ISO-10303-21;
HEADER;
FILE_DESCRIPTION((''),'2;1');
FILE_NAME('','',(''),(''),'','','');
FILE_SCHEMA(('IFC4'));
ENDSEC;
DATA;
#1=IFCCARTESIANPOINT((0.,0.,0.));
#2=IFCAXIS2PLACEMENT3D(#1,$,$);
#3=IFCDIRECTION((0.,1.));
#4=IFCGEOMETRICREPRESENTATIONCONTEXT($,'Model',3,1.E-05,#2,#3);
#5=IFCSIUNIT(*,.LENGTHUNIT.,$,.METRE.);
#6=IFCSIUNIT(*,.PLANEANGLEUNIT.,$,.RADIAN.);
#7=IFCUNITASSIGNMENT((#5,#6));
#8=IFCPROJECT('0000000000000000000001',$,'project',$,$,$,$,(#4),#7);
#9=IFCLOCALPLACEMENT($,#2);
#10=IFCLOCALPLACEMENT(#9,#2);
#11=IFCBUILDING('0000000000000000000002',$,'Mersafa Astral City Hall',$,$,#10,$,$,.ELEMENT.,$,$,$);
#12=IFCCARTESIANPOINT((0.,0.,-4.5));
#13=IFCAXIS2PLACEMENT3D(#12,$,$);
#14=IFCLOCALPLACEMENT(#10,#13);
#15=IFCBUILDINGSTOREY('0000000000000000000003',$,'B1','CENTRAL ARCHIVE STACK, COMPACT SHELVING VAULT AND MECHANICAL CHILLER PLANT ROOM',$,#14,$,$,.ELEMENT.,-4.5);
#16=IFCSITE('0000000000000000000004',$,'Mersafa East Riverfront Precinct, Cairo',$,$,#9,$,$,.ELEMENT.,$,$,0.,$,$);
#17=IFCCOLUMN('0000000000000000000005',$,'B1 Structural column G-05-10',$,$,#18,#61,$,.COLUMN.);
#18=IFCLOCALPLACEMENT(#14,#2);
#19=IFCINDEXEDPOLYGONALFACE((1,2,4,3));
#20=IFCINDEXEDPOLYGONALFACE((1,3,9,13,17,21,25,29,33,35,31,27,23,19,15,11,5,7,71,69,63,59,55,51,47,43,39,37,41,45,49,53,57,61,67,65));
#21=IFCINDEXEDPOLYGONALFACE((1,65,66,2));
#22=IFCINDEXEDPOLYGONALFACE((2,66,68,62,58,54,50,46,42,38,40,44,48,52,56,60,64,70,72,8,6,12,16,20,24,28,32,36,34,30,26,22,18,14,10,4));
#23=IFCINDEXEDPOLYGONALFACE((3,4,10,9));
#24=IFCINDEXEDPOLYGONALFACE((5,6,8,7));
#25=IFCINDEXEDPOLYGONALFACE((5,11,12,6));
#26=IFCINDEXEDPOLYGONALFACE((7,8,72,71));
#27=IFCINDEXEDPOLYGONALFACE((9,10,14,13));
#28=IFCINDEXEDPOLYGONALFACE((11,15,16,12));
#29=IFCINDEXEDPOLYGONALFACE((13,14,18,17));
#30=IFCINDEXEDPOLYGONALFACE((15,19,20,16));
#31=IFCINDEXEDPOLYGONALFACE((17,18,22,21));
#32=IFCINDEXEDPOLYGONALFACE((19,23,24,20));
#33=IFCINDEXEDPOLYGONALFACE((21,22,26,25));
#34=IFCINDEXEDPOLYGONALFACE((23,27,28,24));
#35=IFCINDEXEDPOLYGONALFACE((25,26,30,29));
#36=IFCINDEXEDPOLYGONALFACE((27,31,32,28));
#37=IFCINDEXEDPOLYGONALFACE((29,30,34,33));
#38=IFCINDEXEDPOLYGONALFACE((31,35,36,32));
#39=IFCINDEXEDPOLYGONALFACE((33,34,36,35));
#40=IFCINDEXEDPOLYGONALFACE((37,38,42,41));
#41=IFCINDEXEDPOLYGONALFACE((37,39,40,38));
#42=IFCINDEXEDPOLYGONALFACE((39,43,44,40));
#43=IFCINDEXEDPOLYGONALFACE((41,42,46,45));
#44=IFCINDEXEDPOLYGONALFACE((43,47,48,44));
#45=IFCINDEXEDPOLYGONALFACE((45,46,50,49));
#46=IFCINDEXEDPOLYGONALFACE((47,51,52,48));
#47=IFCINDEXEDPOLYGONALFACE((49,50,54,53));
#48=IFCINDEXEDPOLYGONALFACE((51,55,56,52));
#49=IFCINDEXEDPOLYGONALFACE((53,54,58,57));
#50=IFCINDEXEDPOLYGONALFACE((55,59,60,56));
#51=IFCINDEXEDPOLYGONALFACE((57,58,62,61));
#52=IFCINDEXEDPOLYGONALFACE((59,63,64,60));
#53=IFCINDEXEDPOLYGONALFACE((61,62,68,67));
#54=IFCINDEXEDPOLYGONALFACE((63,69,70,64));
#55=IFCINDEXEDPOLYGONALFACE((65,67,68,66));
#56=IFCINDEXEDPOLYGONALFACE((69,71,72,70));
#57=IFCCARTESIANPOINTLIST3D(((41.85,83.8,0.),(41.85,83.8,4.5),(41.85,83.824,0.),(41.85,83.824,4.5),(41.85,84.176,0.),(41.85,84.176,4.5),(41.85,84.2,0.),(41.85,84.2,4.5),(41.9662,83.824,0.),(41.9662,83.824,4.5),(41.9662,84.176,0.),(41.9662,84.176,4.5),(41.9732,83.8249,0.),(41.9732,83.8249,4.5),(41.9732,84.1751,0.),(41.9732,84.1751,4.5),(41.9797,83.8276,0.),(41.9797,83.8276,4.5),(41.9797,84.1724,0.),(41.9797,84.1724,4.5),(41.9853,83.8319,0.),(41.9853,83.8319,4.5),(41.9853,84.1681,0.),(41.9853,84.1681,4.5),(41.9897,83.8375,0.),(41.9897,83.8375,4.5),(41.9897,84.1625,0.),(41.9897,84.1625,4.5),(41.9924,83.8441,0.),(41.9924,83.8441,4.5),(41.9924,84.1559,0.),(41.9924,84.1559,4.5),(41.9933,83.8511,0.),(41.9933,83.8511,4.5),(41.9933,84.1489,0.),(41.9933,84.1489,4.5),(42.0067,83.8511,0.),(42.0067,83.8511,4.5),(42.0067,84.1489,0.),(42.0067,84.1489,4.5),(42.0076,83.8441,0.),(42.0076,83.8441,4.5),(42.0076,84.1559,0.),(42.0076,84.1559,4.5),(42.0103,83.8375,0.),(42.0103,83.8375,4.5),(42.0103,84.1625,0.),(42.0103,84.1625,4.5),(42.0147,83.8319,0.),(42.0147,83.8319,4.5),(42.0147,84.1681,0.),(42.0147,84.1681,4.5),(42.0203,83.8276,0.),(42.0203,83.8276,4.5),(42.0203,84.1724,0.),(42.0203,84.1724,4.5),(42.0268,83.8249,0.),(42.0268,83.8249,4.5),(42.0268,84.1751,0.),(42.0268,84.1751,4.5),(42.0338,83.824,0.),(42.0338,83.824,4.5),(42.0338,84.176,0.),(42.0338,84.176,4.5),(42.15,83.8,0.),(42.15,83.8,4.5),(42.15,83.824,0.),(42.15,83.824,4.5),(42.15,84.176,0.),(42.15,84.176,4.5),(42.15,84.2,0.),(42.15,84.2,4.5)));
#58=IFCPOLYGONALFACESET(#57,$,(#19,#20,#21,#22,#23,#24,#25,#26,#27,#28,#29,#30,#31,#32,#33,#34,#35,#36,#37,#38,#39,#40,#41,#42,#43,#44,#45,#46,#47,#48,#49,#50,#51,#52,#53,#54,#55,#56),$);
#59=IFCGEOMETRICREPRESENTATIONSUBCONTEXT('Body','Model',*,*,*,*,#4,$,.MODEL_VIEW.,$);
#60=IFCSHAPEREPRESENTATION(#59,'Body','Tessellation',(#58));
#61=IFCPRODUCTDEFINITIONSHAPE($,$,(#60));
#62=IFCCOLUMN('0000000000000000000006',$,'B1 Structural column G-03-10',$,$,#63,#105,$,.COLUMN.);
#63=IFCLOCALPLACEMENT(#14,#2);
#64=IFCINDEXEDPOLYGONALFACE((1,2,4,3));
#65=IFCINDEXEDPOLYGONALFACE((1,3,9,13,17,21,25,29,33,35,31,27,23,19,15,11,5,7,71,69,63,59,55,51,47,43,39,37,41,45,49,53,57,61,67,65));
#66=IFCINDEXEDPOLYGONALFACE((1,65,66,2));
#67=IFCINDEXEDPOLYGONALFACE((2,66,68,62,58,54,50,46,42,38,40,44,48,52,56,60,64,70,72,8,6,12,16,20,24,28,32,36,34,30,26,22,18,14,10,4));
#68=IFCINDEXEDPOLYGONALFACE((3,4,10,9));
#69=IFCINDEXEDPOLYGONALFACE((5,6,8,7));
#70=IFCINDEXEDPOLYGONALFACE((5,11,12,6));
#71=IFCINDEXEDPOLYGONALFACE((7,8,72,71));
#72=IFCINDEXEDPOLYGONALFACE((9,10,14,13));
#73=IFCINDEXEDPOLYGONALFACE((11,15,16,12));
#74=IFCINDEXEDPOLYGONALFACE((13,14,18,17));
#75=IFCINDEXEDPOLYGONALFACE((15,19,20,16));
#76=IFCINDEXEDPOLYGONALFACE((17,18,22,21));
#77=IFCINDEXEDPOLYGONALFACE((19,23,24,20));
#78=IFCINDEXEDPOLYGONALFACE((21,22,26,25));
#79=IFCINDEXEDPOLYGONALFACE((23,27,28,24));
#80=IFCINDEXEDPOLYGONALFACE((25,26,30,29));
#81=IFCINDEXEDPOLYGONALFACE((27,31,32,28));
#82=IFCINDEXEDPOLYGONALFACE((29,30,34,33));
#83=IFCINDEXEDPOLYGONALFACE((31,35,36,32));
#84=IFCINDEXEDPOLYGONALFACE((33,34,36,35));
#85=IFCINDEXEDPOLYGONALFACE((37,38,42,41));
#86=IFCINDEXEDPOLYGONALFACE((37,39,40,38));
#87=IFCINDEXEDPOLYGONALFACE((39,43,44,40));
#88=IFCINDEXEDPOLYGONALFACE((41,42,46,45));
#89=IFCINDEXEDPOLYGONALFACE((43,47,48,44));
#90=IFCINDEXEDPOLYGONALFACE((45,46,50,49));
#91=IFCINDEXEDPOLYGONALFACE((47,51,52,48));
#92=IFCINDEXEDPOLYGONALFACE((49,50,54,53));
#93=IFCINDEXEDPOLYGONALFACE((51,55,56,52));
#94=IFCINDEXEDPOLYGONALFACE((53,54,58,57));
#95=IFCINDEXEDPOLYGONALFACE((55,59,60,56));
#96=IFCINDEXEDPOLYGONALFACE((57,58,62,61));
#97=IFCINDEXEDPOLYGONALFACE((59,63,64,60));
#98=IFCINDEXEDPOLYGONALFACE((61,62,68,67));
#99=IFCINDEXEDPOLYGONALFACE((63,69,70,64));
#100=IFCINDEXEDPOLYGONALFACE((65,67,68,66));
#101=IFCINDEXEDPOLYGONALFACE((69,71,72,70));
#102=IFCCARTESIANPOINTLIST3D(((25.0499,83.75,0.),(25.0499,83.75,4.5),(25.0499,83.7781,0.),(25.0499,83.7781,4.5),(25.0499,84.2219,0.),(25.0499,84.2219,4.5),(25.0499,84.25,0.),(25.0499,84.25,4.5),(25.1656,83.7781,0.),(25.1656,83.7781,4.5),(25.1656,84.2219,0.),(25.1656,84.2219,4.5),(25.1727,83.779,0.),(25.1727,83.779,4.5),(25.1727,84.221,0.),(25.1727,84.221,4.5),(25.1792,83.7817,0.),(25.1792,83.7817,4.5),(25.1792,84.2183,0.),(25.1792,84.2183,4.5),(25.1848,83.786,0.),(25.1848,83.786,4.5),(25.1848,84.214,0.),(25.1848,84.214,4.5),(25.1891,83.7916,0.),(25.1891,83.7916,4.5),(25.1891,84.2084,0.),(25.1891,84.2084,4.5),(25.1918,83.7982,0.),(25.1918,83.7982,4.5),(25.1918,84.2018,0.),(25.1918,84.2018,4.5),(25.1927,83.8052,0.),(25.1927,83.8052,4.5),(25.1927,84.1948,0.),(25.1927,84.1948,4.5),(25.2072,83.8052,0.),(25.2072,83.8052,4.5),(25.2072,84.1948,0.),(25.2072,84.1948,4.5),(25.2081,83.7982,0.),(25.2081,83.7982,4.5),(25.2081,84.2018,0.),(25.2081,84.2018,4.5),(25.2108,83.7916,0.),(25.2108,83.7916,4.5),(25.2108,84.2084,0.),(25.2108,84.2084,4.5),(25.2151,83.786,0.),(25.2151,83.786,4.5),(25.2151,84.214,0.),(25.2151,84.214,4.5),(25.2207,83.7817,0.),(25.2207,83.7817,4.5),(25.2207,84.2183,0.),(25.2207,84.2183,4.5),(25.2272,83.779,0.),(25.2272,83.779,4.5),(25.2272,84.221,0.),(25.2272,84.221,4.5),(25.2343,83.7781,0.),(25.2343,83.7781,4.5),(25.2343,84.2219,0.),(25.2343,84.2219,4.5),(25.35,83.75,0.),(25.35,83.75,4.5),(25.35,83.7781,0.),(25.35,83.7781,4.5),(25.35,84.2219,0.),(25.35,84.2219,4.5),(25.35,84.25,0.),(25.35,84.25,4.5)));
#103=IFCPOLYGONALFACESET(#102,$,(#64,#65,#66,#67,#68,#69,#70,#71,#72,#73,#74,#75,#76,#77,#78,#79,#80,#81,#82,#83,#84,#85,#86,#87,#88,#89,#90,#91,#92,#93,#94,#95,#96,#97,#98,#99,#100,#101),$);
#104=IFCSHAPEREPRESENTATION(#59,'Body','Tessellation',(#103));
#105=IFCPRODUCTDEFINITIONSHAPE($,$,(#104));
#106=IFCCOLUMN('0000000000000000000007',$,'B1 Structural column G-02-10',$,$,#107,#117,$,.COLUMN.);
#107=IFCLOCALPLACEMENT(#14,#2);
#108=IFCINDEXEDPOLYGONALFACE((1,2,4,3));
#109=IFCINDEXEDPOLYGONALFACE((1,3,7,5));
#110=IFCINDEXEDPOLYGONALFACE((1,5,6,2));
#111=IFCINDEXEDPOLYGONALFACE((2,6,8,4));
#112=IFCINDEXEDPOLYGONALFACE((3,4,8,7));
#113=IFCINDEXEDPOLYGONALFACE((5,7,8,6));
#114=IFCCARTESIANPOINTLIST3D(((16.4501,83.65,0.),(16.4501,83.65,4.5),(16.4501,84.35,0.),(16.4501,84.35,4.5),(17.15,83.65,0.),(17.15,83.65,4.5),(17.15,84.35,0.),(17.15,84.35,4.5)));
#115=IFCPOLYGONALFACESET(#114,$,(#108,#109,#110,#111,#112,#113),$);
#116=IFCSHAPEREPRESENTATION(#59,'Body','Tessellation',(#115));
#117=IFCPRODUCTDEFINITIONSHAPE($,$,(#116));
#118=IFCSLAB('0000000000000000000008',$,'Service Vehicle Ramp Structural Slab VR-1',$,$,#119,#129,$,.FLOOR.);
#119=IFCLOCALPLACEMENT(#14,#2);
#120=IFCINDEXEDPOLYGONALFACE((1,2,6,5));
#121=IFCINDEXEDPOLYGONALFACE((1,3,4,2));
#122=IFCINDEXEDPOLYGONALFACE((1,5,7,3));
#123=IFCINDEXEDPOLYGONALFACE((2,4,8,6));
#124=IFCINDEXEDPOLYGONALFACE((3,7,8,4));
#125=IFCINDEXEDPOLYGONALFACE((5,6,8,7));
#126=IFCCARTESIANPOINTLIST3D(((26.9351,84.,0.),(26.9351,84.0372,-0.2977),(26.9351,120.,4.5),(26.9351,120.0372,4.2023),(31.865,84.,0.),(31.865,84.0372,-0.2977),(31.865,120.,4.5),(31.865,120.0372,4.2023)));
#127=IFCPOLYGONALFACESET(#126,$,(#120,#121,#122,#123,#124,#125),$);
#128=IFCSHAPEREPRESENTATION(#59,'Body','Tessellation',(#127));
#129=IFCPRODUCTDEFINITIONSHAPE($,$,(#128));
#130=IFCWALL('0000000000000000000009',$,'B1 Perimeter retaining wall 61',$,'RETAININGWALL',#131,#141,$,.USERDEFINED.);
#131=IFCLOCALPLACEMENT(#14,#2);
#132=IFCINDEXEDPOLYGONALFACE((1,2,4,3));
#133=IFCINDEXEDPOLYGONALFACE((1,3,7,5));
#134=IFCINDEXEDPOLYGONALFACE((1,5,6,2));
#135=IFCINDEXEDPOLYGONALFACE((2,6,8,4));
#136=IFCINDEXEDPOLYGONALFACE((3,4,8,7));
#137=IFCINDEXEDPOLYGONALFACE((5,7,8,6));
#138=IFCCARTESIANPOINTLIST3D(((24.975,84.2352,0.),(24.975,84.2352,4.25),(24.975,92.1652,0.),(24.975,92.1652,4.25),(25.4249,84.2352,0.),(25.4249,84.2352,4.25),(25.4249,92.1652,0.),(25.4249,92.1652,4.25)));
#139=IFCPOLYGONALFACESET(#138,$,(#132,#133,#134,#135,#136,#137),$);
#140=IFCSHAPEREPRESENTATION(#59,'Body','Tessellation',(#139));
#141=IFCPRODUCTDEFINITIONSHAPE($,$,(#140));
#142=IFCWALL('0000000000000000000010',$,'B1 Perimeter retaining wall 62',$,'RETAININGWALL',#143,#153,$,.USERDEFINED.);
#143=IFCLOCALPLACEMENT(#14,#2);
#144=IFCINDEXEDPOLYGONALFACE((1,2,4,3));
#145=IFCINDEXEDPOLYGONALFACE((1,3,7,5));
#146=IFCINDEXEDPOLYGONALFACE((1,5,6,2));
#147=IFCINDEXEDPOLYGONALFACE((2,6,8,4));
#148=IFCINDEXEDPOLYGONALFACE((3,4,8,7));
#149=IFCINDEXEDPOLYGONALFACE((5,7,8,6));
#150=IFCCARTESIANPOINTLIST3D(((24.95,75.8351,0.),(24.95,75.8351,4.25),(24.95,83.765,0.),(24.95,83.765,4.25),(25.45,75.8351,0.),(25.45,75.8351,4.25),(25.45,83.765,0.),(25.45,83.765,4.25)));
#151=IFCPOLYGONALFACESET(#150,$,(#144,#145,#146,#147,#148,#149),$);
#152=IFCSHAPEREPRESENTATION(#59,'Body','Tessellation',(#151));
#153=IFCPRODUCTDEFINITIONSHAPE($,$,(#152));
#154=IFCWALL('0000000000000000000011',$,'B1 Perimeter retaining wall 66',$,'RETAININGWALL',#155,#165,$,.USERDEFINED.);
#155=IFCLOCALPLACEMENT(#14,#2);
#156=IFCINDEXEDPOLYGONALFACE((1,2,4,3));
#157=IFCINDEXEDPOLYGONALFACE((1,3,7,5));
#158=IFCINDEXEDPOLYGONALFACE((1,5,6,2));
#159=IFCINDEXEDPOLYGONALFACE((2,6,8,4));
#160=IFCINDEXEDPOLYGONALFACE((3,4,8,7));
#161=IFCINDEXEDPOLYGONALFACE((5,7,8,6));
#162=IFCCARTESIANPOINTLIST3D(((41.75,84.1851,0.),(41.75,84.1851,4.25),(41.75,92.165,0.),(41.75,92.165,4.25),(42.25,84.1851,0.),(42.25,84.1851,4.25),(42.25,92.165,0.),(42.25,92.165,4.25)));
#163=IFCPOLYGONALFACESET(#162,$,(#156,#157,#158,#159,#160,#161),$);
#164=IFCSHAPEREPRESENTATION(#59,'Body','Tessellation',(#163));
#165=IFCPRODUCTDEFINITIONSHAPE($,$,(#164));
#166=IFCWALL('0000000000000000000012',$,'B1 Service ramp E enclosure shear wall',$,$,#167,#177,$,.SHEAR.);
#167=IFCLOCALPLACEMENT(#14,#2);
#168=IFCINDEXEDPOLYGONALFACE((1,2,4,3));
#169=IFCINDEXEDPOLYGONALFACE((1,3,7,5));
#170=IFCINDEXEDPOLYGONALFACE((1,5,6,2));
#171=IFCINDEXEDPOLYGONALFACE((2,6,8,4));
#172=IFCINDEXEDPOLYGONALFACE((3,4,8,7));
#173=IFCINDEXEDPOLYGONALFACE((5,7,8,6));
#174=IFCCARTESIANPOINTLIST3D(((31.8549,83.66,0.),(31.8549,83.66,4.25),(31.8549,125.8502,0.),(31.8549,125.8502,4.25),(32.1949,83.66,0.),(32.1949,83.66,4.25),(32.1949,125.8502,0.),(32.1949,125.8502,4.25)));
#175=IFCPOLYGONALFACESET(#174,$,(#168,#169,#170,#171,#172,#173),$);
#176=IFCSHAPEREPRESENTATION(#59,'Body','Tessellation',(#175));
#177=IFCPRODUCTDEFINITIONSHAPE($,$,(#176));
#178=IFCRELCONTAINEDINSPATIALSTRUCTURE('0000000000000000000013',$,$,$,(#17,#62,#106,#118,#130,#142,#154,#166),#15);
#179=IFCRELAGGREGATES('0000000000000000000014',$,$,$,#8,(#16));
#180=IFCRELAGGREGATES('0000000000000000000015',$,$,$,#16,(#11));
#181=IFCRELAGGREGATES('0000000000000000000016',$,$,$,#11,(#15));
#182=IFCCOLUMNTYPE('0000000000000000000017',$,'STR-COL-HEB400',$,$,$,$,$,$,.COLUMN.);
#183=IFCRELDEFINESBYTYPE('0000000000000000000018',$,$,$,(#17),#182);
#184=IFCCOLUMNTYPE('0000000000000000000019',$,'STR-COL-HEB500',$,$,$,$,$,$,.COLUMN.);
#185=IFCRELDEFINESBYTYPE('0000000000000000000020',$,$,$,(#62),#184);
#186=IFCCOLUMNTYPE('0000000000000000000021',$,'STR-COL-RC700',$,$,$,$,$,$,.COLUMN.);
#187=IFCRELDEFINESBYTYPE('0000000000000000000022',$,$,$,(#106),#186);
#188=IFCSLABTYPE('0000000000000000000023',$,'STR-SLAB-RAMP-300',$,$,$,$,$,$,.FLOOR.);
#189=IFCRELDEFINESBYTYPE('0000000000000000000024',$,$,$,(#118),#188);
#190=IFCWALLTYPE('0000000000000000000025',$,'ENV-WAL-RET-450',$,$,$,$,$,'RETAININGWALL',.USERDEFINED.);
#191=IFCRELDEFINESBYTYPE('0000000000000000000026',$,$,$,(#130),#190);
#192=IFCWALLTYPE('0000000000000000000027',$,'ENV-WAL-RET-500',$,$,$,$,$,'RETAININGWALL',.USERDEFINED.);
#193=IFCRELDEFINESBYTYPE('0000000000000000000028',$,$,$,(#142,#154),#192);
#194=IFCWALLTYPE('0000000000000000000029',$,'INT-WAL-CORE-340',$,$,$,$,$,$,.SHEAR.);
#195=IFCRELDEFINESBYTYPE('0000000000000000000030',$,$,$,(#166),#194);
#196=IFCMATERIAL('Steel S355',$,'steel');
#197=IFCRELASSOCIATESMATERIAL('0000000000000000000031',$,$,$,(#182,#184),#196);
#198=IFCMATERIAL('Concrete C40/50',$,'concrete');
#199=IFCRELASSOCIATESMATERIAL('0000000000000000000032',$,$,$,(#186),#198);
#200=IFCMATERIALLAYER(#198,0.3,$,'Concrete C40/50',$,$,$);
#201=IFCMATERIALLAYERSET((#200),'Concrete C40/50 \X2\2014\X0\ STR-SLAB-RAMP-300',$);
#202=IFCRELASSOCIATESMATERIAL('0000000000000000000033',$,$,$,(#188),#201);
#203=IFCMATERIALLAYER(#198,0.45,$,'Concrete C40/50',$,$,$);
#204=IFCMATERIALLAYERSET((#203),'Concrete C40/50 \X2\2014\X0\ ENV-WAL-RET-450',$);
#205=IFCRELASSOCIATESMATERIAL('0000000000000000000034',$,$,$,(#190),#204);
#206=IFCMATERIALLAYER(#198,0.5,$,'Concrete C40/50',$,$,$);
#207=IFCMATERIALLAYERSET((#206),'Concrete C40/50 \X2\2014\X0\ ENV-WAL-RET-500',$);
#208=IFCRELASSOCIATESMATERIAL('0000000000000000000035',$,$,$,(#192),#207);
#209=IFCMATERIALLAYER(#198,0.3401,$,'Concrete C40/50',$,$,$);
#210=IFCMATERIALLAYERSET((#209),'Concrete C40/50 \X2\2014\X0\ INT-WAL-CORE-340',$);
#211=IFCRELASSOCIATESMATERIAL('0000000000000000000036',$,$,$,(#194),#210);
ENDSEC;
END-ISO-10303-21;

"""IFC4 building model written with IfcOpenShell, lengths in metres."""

from ifc_helpers import new_model, si_unit, direction, frame, frame_2d, origin, origin_2d, place, context, subcontext, project, spatial, polyline, rectangle, i_section, outline, extrude, material, layer, layer_set, material_profile, profile_set, type_object, element, save


model = new_model("IFC4")

# Units and contexts
model_context = context("Model", 3, precision=1e-05, world=origin(), true_north=direction((0.0, 1.0)))
body_context = subcontext(model_context, "Body", "Model", "MODEL_VIEW")
ifc_project = project(units=[si_unit("LENGTHUNIT", "METRE"), si_unit("PLANEANGLEUNIT", "RADIAN")], contexts=[model_context])

# Site, building, storey
site_placement = place(None, origin())
site = spatial("IfcSite", under=ifc_project, at=site_placement, Name="Mersafa East Riverfront Precinct, Cairo", CompositionType="ELEMENT", RefElevation=0.0)
building_placement = place(site_placement, origin())
building = spatial("IfcBuilding", under=site, at=building_placement, Name="Mersafa Astral City Hall", CompositionType="ELEMENT")
storey_placement = place(building_placement, frame((0.0, 0.0, -4.5)))
storey = spatial("IfcBuildingStorey", under=building, at=storey_placement, Name="B1", Description="CENTRAL ARCHIVE STACK, COMPACT SHELVING VAULT AND MECHANICAL CHILLER PLANT ROOM", CompositionType="ELEMENT", Elevation=-4.5)

# Shared definitions
ifc_material_1 = material(Name="Concrete C40/50", Category="concrete")

# Columns
ifc_material_2 = material(Name="Steel S355", Category="steel")
ifc_material_profile_1 = material_profile(ifc_material_2, i_section(OverallWidth=0.3, OverallDepth=0.3999, WebThickness=0.0134, FlangeThickness=0.0239, FilletRadius=0.0271, at=origin_2d()), Name="HEB 400")
ifc_profile_set_1 = profile_set([ifc_material_profile_1], Name="Steel S355")
column_type_1 = type_object("IfcColumnType", Name="STR-COL-HEB400", PredefinedType="COLUMN", material=ifc_profile_set_1)
for number, where, z_axis, x_axis, name in (
    (1, (42.0, 84.0, 0.0), (0.0, 0.0, 1.0), (1.0, 0.0, 0.0), "B1 Structural column G-05-10"),
):
    element("IfcColumn", number, at=place(storey_placement, frame(where, z_axis=z_axis, x_axis=x_axis)), inside=storey, type_object=column_type_1, Name=name, PredefinedType="COLUMN", context=body_context, shape_type="SweptSolid", body=[
        extrude(i_section(OverallWidth=0.3, OverallDepth=0.3999, WebThickness=0.0134, FlangeThickness=0.0239, FilletRadius=0.0271, at=origin_2d()), origin(), (0.0, 0.0, 1.0), 4.5),
    ])
ifc_material_profile_2 = material_profile(ifc_material_2, i_section(OverallWidth=0.3, OverallDepth=0.5, WebThickness=0.0144, FlangeThickness=0.0281, FilletRadius=0.0271, at=origin_2d()), Name="HEB 500")
ifc_profile_set_2 = profile_set([ifc_material_profile_2], Name="Steel S355")
column_type_2 = type_object("IfcColumnType", Name="STR-COL-HEB500", PredefinedType="COLUMN", material=ifc_profile_set_2)
column_1_placement = place(storey_placement, frame((25.2, 84.0, 0.0), z_axis=(0.0, 0.0, 1.0), x_axis=(1.0, 0.0, 0.0)))
element("IfcColumn", 2, at=column_1_placement, inside=storey, type_object=column_type_2, Name="B1 Structural column G-03-10", PredefinedType="COLUMN", context=body_context, shape_type="SweptSolid", body=[
    extrude(i_section(OverallWidth=0.3, OverallDepth=0.5, WebThickness=0.0144, FlangeThickness=0.0281, FilletRadius=0.0271, at=origin_2d()), origin(), (0.0, 0.0, 1.0), 4.5),
])
ifc_material_profile_3 = material_profile(ifc_material_1, rectangle(XDim=0.7, YDim=0.7, at=origin_2d()), Name="RC 700x700")
ifc_profile_set_3 = profile_set([ifc_material_profile_3], Name="Concrete C40/50")
column_type_3 = type_object("IfcColumnType", Name="STR-COL-RC700", PredefinedType="COLUMN", material=ifc_profile_set_3)
column_2_placement = place(storey_placement, frame((16.8, 84.0, 0.0), z_axis=(0.0, 0.0, 1.0), x_axis=(1.0, 0.0, 0.0)))
element("IfcColumn", 3, at=column_2_placement, inside=storey, type_object=column_type_3, Name="B1 Structural column G-02-10", PredefinedType="COLUMN", context=body_context, shape_type="SweptSolid", body=[
    extrude(rectangle(XDim=0.7, YDim=0.7, at=origin_2d()), origin(), (0.0, 0.0, 1.0), 4.5),
])

# Slab
ifc_layer_1 = layer(ifc_material_1, 0.3, Name="Concrete C40/50")
ifc_layer_set_1 = layer_set([ifc_layer_1], Name="Concrete C40/50 — STR-SLAB-RAMP-300")
slab_type = type_object("IfcSlabType", Name="STR-SLAB-RAMP-300", PredefinedType="FLOOR", material=ifc_layer_set_1)
slab_placement = place(storey_placement, frame((26.9351, 84.0, 0.0), z_axis=(0.0, -0.124035, 0.992278), x_axis=(1.0, 0.0, 0.0)))
element("IfcSlab", 4, at=slab_placement, inside=storey, type_object=slab_type, Name="Service Vehicle Ramp Structural Slab VR-1", PredefinedType="FLOOR", context=body_context, shape_type="SweptSolid", body=[
    extrude(outline(polyline([(0.0, 0.0), (4.9299, 0.0), (4.9299, 36.2802), (0.0, 36.2802), (0.0, 0.0)])), origin(), (0.0, 0.0, -1.0), 0.3),
])

# Walls
ifc_layer_2 = layer(ifc_material_1, 0.45, Name="Concrete C40/50")
ifc_layer_set_2 = layer_set([ifc_layer_2], Name="Concrete C40/50 — ENV-WAL-RET-450")
wall_type_1 = type_object("IfcWallType", Name="ENV-WAL-RET-450", ElementType="RETAININGWALL", PredefinedType="USERDEFINED", material=ifc_layer_set_2)
wall_1_placement = place(storey_placement, frame((25.2, 92.165, 0.0), z_axis=(0.0, 0.0, 1.0), x_axis=(0.0, -1.0, 0.0)))
element("IfcWall", 5, at=wall_1_placement, inside=storey, type_object=wall_type_1, Name="B1 Perimeter retaining wall 61", ObjectType="RETAININGWALL", PredefinedType="USERDEFINED", context=body_context, shape_type="SweptSolid", body=[
    extrude(rectangle(XDim=7.9299, YDim=0.45, at=frame_2d((3.9648, 0.0))), origin(), (0.0, 0.0, 1.0), 4.25),
])
ifc_layer_3 = layer(ifc_material_1, 0.5, Name="Concrete C40/50")
ifc_layer_set_3 = layer_set([ifc_layer_3], Name="Concrete C40/50 — ENV-WAL-RET-500")
wall_type_2 = type_object("IfcWallType", Name="ENV-WAL-RET-500", ElementType="RETAININGWALL", PredefinedType="USERDEFINED", material=ifc_layer_set_3)
wall_2_placement = place(storey_placement, frame((25.2, 83.7649, 0.0), z_axis=(0.0, 0.0, 1.0), x_axis=(0.0, -1.0, 0.0)))
element("IfcWall", 6, at=wall_2_placement, inside=storey, type_object=wall_type_2, Name="B1 Perimeter retaining wall 62", ObjectType="RETAININGWALL", PredefinedType="USERDEFINED", context=body_context, shape_type="SweptSolid", body=[
    extrude(rectangle(XDim=7.9299, YDim=0.5, at=frame_2d((3.9648, 0.0))), origin(), (0.0, 0.0, 1.0), 4.25),
])
wall_3_placement = place(storey_placement, frame((42.0, 84.1851, 0.0), z_axis=(0.0, 0.0, 1.0), x_axis=(0.0, 1.0, 0.0)))
element("IfcWall", 7, at=wall_3_placement, inside=storey, type_object=wall_type_2, Name="B1 Perimeter retaining wall 66", ObjectType="RETAININGWALL", PredefinedType="USERDEFINED", context=body_context, shape_type="SweptSolid", body=[
    extrude(rectangle(XDim=7.98, YDim=0.5, at=frame_2d((3.99, 0.0))), origin(), (0.0, 0.0, 1.0), 4.25),
])
ifc_layer_4 = layer(ifc_material_1, 0.3401, Name="Concrete C40/50")
ifc_layer_set_4 = layer_set([ifc_layer_4], Name="Concrete C40/50 — INT-WAL-CORE-340")
wall_type_3 = type_object("IfcWallType", Name="INT-WAL-CORE-340", PredefinedType="SHEAR", material=ifc_layer_set_4)
wall_4_placement = place(storey_placement, frame((32.0249, 83.6599, 0.0), z_axis=(0.0, 0.0, 1.0), x_axis=(0.0, 1.0, 0.0)))
element("IfcWall", 8, at=wall_4_placement, inside=storey, type_object=wall_type_3, Name="B1 Service ramp E enclosure shear wall", PredefinedType="SHEAR", context=body_context, shape_type="SweptSolid", body=[
    extrude(rectangle(XDim=42.1902, YDim=0.3401, at=frame_2d((21.0952, 0.0))), origin(), (0.0, 0.0, 1.0), 4.25),
])

save(model, "model.ifc")
